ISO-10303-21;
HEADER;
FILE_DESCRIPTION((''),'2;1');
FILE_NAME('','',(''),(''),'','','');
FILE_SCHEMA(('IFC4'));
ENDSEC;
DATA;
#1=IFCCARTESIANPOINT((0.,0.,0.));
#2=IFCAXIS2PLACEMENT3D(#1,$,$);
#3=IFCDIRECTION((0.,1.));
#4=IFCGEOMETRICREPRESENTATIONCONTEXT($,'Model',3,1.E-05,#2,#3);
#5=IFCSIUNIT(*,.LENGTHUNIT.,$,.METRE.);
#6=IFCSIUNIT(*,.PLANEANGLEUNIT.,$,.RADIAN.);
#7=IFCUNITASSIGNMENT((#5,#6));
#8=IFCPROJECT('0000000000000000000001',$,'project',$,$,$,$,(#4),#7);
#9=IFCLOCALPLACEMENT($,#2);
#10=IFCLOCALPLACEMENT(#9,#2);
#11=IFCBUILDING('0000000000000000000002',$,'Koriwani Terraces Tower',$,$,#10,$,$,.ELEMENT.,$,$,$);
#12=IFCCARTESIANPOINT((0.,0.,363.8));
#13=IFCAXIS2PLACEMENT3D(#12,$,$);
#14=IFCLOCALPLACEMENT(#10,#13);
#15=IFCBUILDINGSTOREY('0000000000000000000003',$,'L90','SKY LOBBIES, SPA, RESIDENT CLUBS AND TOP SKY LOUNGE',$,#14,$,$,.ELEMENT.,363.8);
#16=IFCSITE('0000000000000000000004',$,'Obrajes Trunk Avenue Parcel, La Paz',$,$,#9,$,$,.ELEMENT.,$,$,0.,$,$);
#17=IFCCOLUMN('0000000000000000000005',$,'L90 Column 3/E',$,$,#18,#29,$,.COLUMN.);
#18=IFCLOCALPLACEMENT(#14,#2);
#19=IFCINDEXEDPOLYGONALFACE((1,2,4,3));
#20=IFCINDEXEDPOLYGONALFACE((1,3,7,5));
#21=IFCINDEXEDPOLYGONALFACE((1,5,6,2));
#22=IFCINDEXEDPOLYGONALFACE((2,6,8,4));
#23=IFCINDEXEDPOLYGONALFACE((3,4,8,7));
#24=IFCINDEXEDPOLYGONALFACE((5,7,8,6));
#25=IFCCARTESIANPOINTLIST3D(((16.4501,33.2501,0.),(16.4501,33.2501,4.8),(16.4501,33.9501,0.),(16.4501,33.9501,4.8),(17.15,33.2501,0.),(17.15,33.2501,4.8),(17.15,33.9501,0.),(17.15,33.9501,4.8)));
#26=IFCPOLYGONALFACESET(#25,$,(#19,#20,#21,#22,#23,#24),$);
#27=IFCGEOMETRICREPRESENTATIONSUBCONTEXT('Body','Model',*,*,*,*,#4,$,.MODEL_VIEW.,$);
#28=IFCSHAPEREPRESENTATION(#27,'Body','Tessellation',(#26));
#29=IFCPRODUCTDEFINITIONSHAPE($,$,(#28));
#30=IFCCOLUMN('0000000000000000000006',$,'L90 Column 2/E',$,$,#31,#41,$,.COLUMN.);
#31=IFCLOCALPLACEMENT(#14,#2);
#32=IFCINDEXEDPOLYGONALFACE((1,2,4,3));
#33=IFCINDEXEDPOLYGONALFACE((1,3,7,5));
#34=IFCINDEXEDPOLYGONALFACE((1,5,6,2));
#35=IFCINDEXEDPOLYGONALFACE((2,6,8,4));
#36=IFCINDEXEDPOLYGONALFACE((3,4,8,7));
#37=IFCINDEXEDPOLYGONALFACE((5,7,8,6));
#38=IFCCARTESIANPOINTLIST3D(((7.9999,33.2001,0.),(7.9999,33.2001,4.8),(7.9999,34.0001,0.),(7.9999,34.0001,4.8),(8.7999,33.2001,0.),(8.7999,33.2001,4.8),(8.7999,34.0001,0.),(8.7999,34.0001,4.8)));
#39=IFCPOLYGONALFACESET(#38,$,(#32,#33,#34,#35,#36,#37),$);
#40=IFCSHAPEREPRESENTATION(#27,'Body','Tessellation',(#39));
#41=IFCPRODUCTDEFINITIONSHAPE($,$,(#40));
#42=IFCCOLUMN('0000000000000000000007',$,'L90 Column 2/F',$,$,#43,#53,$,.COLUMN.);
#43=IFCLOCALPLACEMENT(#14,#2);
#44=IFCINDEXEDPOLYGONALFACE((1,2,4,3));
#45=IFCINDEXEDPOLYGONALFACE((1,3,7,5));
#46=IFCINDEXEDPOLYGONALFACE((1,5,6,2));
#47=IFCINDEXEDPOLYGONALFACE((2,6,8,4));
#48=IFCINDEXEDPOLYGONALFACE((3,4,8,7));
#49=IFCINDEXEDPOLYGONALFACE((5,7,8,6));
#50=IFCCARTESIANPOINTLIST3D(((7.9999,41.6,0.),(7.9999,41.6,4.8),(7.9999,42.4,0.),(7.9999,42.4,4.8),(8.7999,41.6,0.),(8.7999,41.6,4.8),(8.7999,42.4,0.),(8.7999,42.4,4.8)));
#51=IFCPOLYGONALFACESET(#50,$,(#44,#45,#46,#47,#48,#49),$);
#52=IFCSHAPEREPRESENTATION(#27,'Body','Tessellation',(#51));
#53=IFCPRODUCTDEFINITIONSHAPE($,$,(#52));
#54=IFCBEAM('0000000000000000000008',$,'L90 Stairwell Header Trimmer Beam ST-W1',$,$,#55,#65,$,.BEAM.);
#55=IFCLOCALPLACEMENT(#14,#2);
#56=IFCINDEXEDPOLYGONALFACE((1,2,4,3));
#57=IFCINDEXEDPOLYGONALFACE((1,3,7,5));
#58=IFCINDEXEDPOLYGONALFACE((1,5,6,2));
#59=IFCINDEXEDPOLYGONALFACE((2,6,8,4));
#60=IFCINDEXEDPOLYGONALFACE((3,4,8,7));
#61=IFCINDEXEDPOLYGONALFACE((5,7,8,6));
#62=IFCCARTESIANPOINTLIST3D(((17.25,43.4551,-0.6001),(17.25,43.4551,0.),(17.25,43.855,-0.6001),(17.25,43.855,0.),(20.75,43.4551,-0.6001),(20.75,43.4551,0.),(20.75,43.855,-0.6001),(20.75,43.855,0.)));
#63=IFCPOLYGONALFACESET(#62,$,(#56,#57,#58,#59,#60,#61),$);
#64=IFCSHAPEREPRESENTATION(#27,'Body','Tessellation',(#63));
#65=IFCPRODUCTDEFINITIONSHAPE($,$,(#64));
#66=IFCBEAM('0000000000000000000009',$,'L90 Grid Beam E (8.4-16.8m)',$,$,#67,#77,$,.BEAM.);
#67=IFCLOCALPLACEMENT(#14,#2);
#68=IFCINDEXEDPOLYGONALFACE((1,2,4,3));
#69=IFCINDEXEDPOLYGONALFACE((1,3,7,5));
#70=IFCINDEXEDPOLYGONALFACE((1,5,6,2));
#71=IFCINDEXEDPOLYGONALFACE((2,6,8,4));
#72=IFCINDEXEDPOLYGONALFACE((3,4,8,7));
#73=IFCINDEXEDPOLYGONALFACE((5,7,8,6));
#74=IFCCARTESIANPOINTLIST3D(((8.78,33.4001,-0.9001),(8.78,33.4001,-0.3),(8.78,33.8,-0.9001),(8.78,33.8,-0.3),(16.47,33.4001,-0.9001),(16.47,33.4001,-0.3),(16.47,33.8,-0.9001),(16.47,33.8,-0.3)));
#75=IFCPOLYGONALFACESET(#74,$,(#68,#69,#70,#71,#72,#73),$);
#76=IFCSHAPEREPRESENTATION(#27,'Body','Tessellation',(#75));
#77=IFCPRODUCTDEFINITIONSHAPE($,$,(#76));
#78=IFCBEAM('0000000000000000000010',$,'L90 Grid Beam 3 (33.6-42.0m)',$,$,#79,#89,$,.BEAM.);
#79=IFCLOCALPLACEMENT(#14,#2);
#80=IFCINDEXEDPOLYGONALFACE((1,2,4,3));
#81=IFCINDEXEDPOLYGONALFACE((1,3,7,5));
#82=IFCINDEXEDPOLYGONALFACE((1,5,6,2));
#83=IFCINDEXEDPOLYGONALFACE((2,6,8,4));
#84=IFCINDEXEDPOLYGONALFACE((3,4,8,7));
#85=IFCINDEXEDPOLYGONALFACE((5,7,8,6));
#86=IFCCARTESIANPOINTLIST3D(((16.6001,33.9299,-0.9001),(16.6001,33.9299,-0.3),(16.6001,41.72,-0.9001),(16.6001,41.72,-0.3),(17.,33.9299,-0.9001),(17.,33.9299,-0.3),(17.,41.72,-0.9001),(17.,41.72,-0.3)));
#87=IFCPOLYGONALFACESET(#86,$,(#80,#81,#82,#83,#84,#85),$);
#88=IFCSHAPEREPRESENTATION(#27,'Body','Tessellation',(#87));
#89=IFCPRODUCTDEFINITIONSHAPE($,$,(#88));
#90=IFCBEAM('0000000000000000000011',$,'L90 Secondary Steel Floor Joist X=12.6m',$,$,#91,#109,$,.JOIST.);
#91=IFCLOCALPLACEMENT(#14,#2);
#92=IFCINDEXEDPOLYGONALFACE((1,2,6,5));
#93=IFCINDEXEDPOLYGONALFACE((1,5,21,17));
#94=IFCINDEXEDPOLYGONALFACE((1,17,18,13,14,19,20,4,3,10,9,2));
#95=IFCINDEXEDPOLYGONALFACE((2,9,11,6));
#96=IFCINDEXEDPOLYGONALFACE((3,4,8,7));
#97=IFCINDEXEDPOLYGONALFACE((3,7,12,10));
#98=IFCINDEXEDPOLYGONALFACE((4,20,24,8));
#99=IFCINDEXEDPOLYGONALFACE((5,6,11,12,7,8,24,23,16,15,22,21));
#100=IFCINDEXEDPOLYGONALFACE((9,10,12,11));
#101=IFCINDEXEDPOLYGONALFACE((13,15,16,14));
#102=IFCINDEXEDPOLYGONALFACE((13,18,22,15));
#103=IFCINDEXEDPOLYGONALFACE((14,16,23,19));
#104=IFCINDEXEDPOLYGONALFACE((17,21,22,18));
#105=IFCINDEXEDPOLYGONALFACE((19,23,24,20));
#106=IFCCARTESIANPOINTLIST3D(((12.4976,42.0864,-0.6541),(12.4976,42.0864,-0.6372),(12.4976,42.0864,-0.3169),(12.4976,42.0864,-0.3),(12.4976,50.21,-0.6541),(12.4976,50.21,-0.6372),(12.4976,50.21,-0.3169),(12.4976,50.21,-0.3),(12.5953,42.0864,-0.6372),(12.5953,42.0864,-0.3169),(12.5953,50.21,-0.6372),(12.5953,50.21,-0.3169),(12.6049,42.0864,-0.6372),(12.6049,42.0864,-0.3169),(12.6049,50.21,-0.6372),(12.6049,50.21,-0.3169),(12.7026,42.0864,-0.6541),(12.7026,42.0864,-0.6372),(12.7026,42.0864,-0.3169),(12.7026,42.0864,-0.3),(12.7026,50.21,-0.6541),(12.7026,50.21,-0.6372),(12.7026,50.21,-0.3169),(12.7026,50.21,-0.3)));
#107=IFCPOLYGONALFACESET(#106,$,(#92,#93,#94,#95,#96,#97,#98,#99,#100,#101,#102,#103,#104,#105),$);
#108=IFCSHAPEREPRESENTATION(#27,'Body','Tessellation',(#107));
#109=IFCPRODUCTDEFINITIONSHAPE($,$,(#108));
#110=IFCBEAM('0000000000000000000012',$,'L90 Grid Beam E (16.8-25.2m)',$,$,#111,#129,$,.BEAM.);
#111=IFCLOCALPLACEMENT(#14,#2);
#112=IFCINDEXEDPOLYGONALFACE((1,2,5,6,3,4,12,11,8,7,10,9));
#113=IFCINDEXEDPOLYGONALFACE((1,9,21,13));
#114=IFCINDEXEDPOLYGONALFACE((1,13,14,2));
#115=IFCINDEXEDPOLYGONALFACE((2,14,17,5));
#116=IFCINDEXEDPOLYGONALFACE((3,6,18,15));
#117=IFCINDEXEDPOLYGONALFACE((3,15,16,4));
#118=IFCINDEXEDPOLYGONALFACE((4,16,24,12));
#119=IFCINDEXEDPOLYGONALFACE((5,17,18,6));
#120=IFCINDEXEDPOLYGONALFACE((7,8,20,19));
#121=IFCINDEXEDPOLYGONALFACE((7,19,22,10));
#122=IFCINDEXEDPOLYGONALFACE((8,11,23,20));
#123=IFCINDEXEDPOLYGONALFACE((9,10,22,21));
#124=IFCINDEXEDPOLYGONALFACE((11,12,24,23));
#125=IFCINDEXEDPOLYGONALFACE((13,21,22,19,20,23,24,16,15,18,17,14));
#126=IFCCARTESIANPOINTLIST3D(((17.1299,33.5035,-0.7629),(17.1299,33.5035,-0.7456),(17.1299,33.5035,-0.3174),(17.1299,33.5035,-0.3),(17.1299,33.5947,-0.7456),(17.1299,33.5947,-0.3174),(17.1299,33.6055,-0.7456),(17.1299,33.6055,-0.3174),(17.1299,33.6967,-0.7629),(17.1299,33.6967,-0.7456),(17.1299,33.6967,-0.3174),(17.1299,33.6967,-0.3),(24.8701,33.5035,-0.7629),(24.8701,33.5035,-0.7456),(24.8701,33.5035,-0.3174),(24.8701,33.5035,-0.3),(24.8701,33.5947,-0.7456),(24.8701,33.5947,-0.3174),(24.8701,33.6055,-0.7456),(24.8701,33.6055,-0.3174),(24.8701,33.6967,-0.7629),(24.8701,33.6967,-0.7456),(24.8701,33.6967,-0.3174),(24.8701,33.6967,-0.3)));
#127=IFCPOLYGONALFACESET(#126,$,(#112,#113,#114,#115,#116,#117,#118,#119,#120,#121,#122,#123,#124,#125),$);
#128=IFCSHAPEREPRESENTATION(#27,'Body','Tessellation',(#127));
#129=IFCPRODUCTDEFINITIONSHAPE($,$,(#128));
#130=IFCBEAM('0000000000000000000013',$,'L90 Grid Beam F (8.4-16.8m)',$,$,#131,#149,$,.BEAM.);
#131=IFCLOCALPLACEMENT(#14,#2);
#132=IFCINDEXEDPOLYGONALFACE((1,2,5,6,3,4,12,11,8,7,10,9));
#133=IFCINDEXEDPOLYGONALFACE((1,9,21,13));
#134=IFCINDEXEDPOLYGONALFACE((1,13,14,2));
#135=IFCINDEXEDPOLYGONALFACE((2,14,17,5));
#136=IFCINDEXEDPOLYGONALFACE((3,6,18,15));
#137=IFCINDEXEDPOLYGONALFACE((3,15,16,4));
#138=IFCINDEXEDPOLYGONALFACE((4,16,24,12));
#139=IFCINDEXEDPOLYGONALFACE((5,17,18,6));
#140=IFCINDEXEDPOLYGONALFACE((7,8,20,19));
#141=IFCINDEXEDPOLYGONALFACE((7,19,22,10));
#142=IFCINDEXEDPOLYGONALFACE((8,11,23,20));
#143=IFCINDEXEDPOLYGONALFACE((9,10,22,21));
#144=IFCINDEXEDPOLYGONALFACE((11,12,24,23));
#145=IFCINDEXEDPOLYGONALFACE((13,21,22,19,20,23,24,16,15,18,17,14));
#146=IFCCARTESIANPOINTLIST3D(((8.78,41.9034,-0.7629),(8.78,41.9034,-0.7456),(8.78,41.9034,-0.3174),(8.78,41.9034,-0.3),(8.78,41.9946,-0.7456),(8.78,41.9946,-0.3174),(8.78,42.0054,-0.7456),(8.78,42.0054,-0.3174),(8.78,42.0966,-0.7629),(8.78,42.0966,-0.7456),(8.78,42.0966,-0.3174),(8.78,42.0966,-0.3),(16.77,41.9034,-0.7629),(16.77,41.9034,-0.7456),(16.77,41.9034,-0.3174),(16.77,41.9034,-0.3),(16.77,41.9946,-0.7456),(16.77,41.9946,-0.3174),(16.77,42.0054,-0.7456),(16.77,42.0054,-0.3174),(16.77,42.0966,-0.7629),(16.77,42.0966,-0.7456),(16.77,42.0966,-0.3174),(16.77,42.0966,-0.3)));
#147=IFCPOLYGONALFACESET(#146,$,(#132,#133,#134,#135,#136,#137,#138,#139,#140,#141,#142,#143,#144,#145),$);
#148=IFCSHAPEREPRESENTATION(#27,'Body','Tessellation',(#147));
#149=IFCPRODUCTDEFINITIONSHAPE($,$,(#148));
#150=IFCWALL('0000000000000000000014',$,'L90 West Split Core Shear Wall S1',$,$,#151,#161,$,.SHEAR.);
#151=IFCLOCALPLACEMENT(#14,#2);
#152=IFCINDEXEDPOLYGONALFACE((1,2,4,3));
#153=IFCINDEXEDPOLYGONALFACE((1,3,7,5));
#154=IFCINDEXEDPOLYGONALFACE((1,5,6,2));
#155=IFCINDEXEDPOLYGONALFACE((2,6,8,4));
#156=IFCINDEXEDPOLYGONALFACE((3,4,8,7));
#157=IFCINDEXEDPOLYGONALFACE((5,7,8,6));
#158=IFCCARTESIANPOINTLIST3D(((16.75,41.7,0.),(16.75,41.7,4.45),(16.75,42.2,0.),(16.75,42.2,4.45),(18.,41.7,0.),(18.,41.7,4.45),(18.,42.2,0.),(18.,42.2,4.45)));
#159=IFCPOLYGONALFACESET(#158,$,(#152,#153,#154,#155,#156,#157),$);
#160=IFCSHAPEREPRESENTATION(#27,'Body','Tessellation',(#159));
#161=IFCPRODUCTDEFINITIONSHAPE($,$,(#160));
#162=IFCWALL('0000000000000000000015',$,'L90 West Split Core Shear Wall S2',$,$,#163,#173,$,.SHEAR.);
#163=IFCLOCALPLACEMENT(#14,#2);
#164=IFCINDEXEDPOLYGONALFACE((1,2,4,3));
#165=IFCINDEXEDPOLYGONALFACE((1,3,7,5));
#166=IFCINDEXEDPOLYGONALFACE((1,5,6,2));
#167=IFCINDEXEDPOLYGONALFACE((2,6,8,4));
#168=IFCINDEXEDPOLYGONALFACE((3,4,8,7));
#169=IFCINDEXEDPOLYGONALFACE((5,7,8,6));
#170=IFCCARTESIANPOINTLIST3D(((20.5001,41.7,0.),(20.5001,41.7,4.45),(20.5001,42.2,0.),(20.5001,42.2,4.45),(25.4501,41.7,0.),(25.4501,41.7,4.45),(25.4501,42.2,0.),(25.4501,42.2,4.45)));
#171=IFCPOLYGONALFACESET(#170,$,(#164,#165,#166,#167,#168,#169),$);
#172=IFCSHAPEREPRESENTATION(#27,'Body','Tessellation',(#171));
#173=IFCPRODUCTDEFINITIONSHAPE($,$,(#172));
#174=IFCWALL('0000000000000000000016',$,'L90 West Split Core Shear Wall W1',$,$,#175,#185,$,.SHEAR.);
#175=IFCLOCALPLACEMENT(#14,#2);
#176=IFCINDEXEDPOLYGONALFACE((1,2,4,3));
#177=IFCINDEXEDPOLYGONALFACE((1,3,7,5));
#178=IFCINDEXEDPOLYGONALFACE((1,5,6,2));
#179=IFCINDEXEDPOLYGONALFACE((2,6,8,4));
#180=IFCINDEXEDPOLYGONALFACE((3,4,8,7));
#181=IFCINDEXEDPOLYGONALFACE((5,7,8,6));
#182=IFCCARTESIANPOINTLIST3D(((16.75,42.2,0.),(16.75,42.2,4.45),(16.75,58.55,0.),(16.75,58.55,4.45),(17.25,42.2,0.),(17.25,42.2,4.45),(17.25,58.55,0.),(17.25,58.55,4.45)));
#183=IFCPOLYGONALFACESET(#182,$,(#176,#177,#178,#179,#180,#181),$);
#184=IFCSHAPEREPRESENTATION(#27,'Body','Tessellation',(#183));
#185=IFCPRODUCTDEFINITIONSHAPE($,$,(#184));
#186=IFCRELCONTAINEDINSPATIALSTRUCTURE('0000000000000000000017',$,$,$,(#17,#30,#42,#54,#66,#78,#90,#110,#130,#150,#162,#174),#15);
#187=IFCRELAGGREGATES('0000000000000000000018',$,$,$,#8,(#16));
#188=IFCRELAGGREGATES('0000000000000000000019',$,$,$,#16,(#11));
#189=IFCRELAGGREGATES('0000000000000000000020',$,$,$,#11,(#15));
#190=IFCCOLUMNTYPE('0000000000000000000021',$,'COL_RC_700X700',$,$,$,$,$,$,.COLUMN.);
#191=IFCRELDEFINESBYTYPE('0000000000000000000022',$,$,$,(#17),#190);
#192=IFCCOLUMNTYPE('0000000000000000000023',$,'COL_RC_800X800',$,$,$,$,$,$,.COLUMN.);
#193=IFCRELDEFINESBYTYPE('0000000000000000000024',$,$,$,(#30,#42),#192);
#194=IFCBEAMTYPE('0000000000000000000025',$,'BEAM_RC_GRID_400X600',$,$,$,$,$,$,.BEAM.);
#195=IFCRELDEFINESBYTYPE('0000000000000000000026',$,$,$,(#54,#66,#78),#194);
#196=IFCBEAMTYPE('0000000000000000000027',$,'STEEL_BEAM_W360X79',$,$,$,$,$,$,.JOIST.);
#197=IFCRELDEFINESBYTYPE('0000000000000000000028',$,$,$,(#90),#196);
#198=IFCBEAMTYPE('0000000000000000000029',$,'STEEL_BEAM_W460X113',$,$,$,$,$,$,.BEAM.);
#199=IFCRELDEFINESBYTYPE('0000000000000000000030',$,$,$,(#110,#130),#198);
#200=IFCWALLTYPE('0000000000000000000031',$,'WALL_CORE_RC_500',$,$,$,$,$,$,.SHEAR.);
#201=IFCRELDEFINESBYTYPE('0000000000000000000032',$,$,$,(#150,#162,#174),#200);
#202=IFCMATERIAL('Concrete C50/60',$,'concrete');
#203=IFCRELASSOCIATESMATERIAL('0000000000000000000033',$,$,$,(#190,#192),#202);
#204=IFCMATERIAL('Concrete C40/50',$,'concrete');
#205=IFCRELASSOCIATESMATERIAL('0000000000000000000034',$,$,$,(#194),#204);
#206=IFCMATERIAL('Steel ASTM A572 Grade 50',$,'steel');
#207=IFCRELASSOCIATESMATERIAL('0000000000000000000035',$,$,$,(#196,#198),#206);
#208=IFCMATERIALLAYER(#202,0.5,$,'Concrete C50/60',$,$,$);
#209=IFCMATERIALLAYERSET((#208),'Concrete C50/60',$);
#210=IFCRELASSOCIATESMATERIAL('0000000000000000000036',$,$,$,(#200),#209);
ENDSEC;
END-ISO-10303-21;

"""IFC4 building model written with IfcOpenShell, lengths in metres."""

from ifc_helpers import new_model, si_unit, direction, frame, frame_2d, origin, origin_2d, place, context, subcontext, project, spatial, rectangle, i_section, extrude, material, layer, layer_set, material_profile, profile_set, type_object, element, save


model = new_model("IFC4")

# Units and contexts
model_context = context("Model", 3, precision=1e-05, world=origin(), true_north=direction((0.0, 1.0)))
body_context = subcontext(model_context, "Body", "Model", "MODEL_VIEW")
ifc_project = project(units=[si_unit("LENGTHUNIT", "METRE"), si_unit("PLANEANGLEUNIT", "RADIAN")], contexts=[model_context])

# Site, building, storey
site_placement = place(None, origin())
site = spatial("IfcSite", under=ifc_project, at=site_placement, Name="Obrajes Trunk Avenue Parcel, La Paz", CompositionType="ELEMENT", RefElevation=0.0)
building_placement = place(site_placement, origin())
building = spatial("IfcBuilding", under=site, at=building_placement, Name="Koriwani Terraces Tower", CompositionType="ELEMENT")
storey_placement = place(building_placement, frame((0.0, 0.0, 363.8)))
storey = spatial("IfcBuildingStorey", under=building, at=storey_placement, Name="L90", Description="SKY LOBBIES, SPA, RESIDENT CLUBS AND TOP SKY LOUNGE", CompositionType="ELEMENT", Elevation=363.8)

# Columns
ifc_material_1 = material(Name="Concrete C50/60", Category="concrete")
ifc_material_profile_1 = material_profile(ifc_material_1, rectangle(XDim=0.7, YDim=0.7, at=origin_2d()), Name="Concrete C50/60", Category="LoadBearing")
ifc_profile_set_1 = profile_set([ifc_material_profile_1], Name="Concrete C50/60")
column_type_1 = type_object("IfcColumnType", Name="COL_RC_700X700", PredefinedType="COLUMN", material=ifc_profile_set_1)
column_placement = place(storey_placement, frame((16.8, 33.6001, 0.0), z_axis=(0.0, 0.0, 1.0), x_axis=(1.0, 0.0, 0.0)))
element("IfcColumn", 1, at=column_placement, inside=storey, type_object=column_type_1, Name="L90 Column 3/E", PredefinedType="COLUMN", context=body_context, shape_type="SweptSolid", body=[
    extrude(rectangle(XDim=0.7, YDim=0.7, at=origin_2d()), origin(), (0.0, 0.0, 1.0), 4.8),
])
ifc_material_profile_2 = material_profile(ifc_material_1, rectangle(XDim=0.8, YDim=0.8, at=origin_2d()), Name="Concrete C50/60", Category="LoadBearing")
ifc_profile_set_2 = profile_set([ifc_material_profile_2], Name="Concrete C50/60")
column_type_2 = type_object("IfcColumnType", Name="COL_RC_800X800", PredefinedType="COLUMN", material=ifc_profile_set_2)
for number, where, z_axis, x_axis, name in (
    (2, (8.3999, 33.6001, 0.0), (0.0, 0.0, 1.0), (1.0, 0.0, 0.0), "L90 Column 2/E"),
    (3, (8.3999, 42.0, 0.0), (0.0, 0.0, 1.0), (1.0, 0.0, 0.0), "L90 Column 2/F"),
):
    element("IfcColumn", number, at=place(storey_placement, frame(where, z_axis=z_axis, x_axis=x_axis)), inside=storey, type_object=column_type_2, Name=name, PredefinedType="COLUMN", context=body_context, shape_type="SweptSolid", body=[
        extrude(rectangle(XDim=0.8, YDim=0.8, at=origin_2d()), origin(), (0.0, 0.0, 1.0), 4.8),
    ])

# Beams
ifc_material_2 = material(Name="Concrete C40/50", Category="concrete")
ifc_material_profile_3 = material_profile(ifc_material_2, rectangle(XDim=0.3999, YDim=0.6001, at=origin_2d()), Name="Concrete C40/50", Category="LoadBearing")
ifc_profile_set_3 = profile_set([ifc_material_profile_3], Name="Concrete C40/50")
beam_type_1 = type_object("IfcBeamType", Name="BEAM_RC_GRID_400X600", PredefinedType="BEAM", material=ifc_profile_set_3)
beam_1_placement = place(storey_placement, frame((17.25, 43.655, -0.3), z_axis=(1.0, 0.0, 0.0), x_axis=(0.0, 1.0, 0.0)))
element("IfcBeam", 4, at=beam_1_placement, inside=storey, type_object=beam_type_1, Name="L90 Stairwell Header Trimmer Beam ST-W1", PredefinedType="BEAM", context=body_context, shape_type="SweptSolid", body=[
    extrude(rectangle(XDim=0.3999, YDim=0.6001, at=origin_2d()), origin(), (0.0, 0.0, 1.0), 3.5),
])
beam_2_placement = place(storey_placement, frame((8.78, 33.6001, -0.6001), z_axis=(1.0, 0.0, 0.0), x_axis=(0.0, 1.0, 0.0)))
element("IfcBeam", 5, at=beam_2_placement, inside=storey, type_object=beam_type_1, Name="L90 Grid Beam E (8.4-16.8m)", PredefinedType="BEAM", context=body_context, shape_type="SweptSolid", body=[
    extrude(rectangle(XDim=0.3999, YDim=0.6001, at=origin_2d()), origin(), (0.0, 0.0, 1.0), 7.6899),
])
beam_3_placement = place(storey_placement, frame((16.8, 33.9299, -0.6001), z_axis=(0.0, 1.0, 0.0), x_axis=(-1.0, 0.0, 0.0)))
element("IfcBeam", 6, at=beam_3_placement, inside=storey, type_object=beam_type_1, Name="L90 Grid Beam 3 (33.6-42.0m)", PredefinedType="BEAM", context=body_context, shape_type="SweptSolid", body=[
    extrude(rectangle(XDim=0.3999, YDim=0.6001, at=origin_2d()), origin(), (0.0, 0.0, 1.0), 7.79),
])
ifc_material_3 = material(Name="Steel ASTM A572 Grade 50", Category="steel")
ifc_material_profile_4 = material_profile(ifc_material_3, i_section(OverallWidth=0.2051, OverallDepth=0.354, WebThickness=0.0095, FlangeThickness=0.0168, at=origin_2d()), Name="Steel ASTM A572 Grade 50", Category="LoadBearing")
ifc_profile_set_4 = profile_set([ifc_material_profile_4], Name="Steel ASTM A572 Grade 50")
beam_type_2 = type_object("IfcBeamType", Name="STEEL_BEAM_W360X79", PredefinedType="JOIST", material=ifc_profile_set_4)
beam_4_placement = place(storey_placement, frame((12.6001, 42.0864, -0.4771), z_axis=(0.0, 1.0, 0.0), x_axis=(-1.0, 0.0, 0.0)))
element("IfcBeam", 7, at=beam_4_placement, inside=storey, type_object=beam_type_2, Name="L90 Secondary Steel Floor Joist X=12.6m", PredefinedType="JOIST", context=body_context, shape_type="SweptSolid", body=[
    extrude(i_section(OverallWidth=0.2051, OverallDepth=0.354, WebThickness=0.0095, FlangeThickness=0.0168, at=origin_2d()), origin(), (0.0, 0.0, 1.0), 8.1235),
])
ifc_material_profile_5 = material_profile(ifc_material_3, i_section(OverallWidth=0.1931, OverallDepth=0.4629, WebThickness=0.0107, FlangeThickness=0.0173, at=origin_2d()), Name="Steel ASTM A572 Grade 50", Category="LoadBearing")
ifc_profile_set_5 = profile_set([ifc_material_profile_5], Name="Steel ASTM A572 Grade 50")
beam_type_3 = type_object("IfcBeamType", Name="STEEL_BEAM_W460X113", PredefinedType="BEAM", material=ifc_profile_set_5)
beam_5_placement = place(storey_placement, frame((17.1299, 33.6001, -0.5315), z_axis=(1.0, 0.0, 0.0), x_axis=(0.0, 1.0, 0.0)))
element("IfcBeam", 8, at=beam_5_placement, inside=storey, type_object=beam_type_3, Name="L90 Grid Beam E (16.8-25.2m)", PredefinedType="BEAM", context=body_context, shape_type="SweptSolid", body=[
    extrude(i_section(OverallWidth=0.1931, OverallDepth=0.4629, WebThickness=0.0107, FlangeThickness=0.0173, at=origin_2d()), origin(), (0.0, 0.0, 1.0), 7.7402),
])
beam_6_placement = place(storey_placement, frame((8.78, 42.0, -0.5315), z_axis=(1.0, 0.0, 0.0), x_axis=(0.0, 1.0, 0.0)))
element("IfcBeam", 9, at=beam_6_placement, inside=storey, type_object=beam_type_3, Name="L90 Grid Beam F (8.4-16.8m)", PredefinedType="BEAM", context=body_context, shape_type="SweptSolid", body=[
    extrude(i_section(OverallWidth=0.1931, OverallDepth=0.4629, WebThickness=0.0107, FlangeThickness=0.0173, at=origin_2d()), origin(), (0.0, 0.0, 1.0), 7.99),
])

# Walls
ifc_layer_1 = layer(ifc_material_1, 0.5, Name="Concrete C50/60")
ifc_layer_set_1 = layer_set([ifc_layer_1], Name="Concrete C50/60")
wall_type_1 = type_object("IfcWallType", Name="WALL_CORE_RC_500", PredefinedType="SHEAR", material=ifc_layer_set_1)
wall_1_placement = place(storey_placement, frame((16.75, 41.95, 0.0), z_axis=(0.0, 0.0, 1.0), x_axis=(1.0, 0.0, 0.0)))
element("IfcWall", 10, at=wall_1_placement, inside=storey, type_object=wall_type_1, Name="L90 West Split Core Shear Wall S1", PredefinedType="SHEAR", context=body_context, shape_type="SweptSolid", body=[
    extrude(rectangle(XDim=1.25, YDim=0.5, at=frame_2d((0.625, 0.0))), origin(), (0.0, 0.0, 1.0), 4.45),
])
wall_2_placement = place(storey_placement, frame((20.5, 41.95, 0.0), z_axis=(0.0, 0.0, 1.0), x_axis=(1.0, 0.0, 0.0)))
element("IfcWall", 11, at=wall_2_placement, inside=storey, type_object=wall_type_1, Name="L90 West Split Core Shear Wall S2", PredefinedType="SHEAR", context=body_context, shape_type="SweptSolid", body=[
    extrude(rectangle(XDim=4.95, YDim=0.5, at=frame_2d((2.4751, 0.0))), origin(), (0.0, 0.0, 1.0), 4.45),
])
wall_3_placement = place(storey_placement, frame((17.0, 42.2, 0.0), z_axis=(0.0, 0.0, 1.0), x_axis=(0.0, 1.0, 0.0)))
element("IfcWall", 12, at=wall_3_placement, inside=storey, type_object=wall_type_1, Name="L90 West Split Core Shear Wall W1", PredefinedType="SHEAR", context=body_context, shape_type="SweptSolid", body=[
    extrude(rectangle(XDim=16.3501, YDim=0.5, at=frame_2d((8.175, 0.0))), origin(), (0.0, 0.0, 1.0), 4.45),
])

save(model, "model.ifc")
